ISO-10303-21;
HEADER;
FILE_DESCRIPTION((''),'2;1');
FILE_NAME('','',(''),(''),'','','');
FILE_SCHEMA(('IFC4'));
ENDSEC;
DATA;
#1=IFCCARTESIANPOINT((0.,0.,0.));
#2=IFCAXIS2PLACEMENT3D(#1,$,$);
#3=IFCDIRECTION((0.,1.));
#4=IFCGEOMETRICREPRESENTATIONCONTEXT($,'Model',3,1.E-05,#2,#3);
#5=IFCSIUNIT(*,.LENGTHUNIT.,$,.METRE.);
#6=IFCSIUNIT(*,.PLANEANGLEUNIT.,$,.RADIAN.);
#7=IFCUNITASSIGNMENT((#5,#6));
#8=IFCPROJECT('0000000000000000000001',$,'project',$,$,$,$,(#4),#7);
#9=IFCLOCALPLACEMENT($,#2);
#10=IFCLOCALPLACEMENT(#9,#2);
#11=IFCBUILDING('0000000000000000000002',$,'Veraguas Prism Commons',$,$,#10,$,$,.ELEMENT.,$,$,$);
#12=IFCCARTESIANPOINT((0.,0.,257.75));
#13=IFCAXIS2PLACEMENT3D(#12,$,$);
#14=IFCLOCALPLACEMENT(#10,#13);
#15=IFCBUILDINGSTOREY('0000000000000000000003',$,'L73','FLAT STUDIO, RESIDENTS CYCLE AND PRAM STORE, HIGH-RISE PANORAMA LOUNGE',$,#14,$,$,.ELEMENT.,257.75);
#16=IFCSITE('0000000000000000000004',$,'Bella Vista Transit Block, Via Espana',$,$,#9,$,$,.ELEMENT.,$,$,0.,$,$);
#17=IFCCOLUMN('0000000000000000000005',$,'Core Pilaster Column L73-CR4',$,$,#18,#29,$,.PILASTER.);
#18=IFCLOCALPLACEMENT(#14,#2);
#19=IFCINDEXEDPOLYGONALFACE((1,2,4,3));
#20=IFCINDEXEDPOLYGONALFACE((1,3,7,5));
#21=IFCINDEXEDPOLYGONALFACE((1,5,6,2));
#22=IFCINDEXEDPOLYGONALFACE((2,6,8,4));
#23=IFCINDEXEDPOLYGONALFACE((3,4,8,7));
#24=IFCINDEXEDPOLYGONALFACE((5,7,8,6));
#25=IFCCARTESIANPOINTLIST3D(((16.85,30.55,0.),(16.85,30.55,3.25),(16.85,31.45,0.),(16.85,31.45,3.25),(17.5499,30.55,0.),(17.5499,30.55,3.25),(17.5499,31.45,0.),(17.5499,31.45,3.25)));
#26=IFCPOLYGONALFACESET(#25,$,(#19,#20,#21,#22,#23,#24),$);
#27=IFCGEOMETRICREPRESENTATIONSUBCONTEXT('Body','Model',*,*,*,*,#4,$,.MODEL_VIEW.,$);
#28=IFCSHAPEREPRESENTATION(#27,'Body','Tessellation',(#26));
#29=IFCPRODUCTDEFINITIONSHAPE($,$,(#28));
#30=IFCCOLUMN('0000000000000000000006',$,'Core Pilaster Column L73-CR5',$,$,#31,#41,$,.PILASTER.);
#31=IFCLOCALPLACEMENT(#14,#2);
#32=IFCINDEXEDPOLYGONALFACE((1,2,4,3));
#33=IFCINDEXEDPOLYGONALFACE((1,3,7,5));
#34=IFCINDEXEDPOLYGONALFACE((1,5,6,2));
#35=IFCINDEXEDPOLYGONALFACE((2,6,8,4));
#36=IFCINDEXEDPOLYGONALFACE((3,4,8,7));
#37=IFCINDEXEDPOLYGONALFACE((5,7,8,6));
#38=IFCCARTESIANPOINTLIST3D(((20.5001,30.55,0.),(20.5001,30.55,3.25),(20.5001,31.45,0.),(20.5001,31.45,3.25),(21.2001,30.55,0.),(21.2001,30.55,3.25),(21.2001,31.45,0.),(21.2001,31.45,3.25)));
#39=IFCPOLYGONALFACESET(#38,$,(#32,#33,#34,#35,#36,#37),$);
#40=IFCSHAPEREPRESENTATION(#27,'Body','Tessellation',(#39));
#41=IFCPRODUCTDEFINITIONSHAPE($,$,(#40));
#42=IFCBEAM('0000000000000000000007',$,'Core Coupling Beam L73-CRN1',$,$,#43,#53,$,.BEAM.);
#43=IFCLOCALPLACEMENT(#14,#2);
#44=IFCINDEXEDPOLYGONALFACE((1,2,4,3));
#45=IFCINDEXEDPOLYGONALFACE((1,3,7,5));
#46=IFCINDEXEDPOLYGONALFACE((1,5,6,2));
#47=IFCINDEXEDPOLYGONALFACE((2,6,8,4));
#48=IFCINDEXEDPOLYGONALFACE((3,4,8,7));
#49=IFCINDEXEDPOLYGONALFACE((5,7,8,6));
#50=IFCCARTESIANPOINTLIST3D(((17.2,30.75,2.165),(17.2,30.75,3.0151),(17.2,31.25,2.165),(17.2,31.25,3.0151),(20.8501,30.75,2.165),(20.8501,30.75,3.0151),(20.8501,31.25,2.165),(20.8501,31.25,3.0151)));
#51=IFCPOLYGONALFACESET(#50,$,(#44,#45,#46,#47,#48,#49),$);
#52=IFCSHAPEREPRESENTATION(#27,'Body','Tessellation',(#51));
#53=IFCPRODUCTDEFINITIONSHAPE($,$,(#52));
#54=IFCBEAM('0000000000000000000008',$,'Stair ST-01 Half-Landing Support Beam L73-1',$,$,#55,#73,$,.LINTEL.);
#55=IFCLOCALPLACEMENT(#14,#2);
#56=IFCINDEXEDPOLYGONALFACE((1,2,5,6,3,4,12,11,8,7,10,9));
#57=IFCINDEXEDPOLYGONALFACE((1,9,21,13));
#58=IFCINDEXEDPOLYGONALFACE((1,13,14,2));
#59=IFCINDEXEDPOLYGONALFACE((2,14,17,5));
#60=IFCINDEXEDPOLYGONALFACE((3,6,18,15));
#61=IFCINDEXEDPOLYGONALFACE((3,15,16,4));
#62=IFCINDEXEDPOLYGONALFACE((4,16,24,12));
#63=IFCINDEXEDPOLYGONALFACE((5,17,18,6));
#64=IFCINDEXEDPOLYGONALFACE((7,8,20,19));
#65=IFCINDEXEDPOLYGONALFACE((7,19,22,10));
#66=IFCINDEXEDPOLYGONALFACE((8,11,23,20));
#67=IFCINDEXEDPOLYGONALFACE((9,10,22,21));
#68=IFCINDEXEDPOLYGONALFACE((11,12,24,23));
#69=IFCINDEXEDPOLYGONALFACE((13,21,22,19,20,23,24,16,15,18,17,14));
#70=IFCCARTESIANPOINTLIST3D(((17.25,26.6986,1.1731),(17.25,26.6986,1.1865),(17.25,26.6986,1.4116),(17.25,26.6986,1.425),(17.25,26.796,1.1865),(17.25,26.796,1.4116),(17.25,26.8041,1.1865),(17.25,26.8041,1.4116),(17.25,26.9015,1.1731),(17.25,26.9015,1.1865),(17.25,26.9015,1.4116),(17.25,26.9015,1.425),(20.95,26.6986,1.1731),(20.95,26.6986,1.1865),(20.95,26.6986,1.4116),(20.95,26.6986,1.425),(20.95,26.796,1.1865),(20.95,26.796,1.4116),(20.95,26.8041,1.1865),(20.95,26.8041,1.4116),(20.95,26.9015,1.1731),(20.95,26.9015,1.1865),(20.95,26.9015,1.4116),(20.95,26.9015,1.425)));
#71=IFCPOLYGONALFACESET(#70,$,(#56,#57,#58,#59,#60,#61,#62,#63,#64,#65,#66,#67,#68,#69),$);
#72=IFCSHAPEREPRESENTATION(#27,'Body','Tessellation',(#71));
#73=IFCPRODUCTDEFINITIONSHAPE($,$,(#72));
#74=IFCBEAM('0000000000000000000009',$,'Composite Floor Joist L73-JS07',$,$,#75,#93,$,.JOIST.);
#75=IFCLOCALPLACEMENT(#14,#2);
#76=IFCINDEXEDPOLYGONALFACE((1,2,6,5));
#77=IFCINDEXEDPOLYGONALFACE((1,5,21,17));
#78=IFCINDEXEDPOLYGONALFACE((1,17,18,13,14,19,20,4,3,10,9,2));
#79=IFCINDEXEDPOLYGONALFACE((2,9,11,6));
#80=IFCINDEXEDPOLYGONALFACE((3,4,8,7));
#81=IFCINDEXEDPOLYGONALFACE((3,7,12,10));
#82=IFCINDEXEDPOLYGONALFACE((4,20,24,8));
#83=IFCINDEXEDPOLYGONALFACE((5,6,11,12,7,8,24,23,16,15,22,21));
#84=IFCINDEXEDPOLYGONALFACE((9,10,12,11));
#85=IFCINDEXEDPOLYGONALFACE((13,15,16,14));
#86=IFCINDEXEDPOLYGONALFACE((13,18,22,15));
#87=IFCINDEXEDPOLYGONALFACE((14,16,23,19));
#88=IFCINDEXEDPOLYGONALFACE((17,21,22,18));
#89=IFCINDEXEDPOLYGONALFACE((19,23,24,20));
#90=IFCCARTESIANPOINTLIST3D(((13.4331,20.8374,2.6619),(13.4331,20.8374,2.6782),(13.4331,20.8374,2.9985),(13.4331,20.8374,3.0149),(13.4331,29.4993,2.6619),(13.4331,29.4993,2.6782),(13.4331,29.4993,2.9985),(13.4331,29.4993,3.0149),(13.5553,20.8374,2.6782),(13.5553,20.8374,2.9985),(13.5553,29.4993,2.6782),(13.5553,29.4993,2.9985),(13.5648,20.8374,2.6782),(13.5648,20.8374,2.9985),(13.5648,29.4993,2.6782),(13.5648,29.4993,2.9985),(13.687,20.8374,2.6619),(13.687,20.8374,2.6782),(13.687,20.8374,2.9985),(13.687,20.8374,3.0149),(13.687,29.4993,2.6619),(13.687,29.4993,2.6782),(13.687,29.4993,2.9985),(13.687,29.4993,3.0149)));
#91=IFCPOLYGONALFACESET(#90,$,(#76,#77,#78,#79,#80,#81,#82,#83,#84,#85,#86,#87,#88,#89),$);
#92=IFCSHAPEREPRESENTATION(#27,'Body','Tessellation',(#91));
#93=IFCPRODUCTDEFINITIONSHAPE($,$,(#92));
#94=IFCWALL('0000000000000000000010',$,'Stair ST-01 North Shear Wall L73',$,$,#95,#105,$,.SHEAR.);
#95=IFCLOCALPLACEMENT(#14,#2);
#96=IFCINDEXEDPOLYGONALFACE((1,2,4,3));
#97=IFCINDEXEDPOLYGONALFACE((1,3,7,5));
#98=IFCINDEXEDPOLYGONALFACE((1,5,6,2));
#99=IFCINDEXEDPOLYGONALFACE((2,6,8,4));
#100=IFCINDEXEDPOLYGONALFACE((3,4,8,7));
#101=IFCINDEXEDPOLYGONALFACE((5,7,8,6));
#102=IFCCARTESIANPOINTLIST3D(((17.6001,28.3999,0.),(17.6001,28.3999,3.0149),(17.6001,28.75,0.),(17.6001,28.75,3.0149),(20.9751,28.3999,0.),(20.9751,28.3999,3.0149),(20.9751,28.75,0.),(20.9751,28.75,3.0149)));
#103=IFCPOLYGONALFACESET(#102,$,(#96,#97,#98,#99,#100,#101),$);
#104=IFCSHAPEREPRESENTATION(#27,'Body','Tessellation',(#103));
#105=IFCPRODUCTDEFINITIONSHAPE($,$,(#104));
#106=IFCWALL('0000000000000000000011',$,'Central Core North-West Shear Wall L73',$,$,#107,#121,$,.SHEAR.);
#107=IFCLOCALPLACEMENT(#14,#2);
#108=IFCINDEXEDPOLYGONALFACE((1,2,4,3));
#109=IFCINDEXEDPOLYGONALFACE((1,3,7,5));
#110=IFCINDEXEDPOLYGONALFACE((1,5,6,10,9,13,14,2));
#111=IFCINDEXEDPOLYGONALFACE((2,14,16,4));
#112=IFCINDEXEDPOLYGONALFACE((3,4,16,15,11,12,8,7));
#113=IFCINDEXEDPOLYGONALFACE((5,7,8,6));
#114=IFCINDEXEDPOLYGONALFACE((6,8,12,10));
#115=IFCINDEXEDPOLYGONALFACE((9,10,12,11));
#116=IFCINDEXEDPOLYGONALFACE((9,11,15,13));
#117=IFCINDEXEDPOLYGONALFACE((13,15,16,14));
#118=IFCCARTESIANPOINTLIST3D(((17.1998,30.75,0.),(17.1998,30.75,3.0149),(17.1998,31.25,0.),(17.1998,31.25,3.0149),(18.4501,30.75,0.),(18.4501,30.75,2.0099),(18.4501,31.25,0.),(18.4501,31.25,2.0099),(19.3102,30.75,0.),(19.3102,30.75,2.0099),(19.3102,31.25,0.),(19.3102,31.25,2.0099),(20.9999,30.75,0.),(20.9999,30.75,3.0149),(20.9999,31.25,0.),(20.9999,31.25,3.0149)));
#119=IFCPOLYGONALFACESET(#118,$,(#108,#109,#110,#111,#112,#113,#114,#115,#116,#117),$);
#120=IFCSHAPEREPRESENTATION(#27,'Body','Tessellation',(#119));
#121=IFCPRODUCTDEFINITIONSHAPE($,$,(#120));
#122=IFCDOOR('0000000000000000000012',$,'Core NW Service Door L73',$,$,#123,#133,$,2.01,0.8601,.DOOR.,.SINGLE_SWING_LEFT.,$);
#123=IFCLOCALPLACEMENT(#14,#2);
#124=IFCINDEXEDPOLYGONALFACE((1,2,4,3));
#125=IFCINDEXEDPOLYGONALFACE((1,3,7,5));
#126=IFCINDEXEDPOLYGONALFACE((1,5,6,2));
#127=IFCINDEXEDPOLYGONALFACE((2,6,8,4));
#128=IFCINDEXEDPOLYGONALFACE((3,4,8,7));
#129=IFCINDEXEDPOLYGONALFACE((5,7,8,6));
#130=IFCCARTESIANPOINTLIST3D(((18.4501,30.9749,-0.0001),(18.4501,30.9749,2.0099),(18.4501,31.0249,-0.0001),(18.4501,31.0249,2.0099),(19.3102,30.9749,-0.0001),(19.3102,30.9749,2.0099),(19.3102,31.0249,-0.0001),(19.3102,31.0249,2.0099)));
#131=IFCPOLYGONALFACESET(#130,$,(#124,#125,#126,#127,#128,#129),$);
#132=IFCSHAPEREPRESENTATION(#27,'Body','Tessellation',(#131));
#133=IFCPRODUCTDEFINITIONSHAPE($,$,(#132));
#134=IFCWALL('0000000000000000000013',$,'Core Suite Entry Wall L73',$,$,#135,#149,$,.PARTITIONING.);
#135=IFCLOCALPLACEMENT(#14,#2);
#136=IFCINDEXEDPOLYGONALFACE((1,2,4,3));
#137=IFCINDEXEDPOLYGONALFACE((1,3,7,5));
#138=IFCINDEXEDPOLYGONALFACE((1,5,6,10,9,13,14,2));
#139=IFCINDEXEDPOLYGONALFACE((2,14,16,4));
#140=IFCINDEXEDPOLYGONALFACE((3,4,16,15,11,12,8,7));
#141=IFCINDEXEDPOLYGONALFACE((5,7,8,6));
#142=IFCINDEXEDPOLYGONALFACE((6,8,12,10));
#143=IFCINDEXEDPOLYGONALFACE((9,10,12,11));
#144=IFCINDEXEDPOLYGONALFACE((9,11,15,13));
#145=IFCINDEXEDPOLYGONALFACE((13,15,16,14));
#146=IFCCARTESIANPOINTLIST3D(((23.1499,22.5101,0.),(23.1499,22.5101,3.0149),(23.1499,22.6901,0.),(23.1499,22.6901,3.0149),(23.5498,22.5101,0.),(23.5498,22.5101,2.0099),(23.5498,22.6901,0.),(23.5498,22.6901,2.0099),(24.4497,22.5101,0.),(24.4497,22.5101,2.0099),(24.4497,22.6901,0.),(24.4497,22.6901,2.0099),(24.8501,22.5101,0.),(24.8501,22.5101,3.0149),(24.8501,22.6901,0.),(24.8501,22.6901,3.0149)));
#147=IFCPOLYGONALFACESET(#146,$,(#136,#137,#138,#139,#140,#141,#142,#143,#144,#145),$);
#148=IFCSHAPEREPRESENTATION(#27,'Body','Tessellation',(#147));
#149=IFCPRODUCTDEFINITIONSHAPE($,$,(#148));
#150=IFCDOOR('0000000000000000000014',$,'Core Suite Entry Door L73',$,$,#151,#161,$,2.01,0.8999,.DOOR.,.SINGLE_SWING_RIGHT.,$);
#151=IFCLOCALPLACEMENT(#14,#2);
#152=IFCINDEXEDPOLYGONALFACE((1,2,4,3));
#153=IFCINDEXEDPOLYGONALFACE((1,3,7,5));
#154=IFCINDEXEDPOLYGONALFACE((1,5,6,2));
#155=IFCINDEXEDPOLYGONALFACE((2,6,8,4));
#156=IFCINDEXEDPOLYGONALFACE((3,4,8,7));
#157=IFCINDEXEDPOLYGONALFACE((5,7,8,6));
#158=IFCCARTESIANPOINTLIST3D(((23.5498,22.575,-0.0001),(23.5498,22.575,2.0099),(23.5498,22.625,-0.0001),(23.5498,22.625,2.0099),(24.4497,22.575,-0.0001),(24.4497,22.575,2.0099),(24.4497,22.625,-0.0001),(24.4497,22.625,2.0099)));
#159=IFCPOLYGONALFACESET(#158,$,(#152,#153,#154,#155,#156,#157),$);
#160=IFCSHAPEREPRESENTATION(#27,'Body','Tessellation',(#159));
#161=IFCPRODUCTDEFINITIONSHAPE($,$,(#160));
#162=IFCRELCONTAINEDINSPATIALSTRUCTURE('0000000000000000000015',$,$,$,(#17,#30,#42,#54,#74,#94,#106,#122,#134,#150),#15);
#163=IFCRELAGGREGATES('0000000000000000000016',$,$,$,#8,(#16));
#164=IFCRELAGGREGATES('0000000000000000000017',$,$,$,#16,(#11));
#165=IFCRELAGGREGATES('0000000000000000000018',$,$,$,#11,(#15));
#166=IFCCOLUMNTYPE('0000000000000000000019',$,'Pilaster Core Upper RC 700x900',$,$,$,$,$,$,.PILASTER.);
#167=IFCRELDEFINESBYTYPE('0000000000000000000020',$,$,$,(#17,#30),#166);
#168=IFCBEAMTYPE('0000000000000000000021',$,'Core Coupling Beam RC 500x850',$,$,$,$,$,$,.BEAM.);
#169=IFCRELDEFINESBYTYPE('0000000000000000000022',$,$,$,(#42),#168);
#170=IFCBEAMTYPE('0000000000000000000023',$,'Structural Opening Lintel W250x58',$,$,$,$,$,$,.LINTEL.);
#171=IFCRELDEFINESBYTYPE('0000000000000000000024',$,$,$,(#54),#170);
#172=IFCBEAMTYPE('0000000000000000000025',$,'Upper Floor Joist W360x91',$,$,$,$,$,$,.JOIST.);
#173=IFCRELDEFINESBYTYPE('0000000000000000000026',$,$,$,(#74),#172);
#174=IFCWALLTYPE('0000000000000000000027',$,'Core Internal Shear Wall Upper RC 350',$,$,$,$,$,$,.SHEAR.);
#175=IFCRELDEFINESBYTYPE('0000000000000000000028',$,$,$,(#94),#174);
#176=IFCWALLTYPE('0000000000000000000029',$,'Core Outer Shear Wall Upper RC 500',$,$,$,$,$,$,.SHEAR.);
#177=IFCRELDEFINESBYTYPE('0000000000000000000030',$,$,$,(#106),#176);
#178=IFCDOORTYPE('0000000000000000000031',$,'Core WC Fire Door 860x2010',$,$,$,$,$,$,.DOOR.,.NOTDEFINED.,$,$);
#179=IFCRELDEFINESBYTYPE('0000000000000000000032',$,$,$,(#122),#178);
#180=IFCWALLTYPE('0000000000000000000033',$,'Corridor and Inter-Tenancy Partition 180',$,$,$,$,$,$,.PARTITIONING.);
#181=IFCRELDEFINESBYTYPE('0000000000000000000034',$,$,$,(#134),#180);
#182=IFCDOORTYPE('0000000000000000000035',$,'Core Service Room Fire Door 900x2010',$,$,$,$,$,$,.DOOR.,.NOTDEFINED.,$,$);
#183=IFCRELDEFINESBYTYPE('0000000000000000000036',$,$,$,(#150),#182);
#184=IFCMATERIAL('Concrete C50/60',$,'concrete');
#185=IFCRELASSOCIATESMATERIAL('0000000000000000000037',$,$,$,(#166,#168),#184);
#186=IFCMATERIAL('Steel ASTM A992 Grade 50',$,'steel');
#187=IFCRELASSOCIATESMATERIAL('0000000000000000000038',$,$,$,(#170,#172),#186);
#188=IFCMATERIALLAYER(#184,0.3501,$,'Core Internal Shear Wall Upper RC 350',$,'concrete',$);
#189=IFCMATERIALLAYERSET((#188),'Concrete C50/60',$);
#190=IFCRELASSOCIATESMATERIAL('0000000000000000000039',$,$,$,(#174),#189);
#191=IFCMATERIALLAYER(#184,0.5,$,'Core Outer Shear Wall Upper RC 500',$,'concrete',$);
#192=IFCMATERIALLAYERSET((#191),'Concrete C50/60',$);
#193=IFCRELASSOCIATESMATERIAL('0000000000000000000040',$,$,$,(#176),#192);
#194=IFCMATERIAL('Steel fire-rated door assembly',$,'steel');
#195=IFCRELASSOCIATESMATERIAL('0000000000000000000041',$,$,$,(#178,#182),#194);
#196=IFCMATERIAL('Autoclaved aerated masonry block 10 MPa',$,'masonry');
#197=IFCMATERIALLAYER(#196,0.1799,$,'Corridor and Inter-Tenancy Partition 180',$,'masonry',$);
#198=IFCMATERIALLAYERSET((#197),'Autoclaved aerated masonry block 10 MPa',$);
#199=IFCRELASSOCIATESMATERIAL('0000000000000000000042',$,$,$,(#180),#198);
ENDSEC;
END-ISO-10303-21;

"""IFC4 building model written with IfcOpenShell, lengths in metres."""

from ifc_helpers import new_model, si_unit, direction, frame, frame_2d, origin, origin_2d, place, context, subcontext, project, spatial, rectangle, i_section, extrude, source, transform, mapped, material, layer, layer_set, material_profile, profile_set, type_object, element, fill, save


model = new_model("IFC4")

# Units and contexts
model_context = context("Model", 3, precision=1e-05, world=origin(), true_north=direction((0.0, 1.0)))
body_context = subcontext(model_context, "Body", "Model", "MODEL_VIEW")
ifc_project = project(units=[si_unit("LENGTHUNIT", "METRE"), si_unit("PLANEANGLEUNIT", "RADIAN")], contexts=[model_context])

# Site, building, storey
site_placement = place(None, origin())
site = spatial("IfcSite", under=ifc_project, at=site_placement, Name="Bella Vista Transit Block, Via Espana", CompositionType="ELEMENT", RefElevation=0.0)
building_placement = place(site_placement, origin())
building = spatial("IfcBuilding", under=site, at=building_placement, Name="Veraguas Prism Commons", CompositionType="ELEMENT")
storey_placement = place(building_placement, frame((0.0, 0.0, 257.75)))
storey = spatial("IfcBuildingStorey", under=building, at=storey_placement, Name="L73", Description="FLAT STUDIO, RESIDENTS CYCLE AND PRAM STORE, HIGH-RISE PANORAMA LOUNGE", CompositionType="ELEMENT", Elevation=257.75)

# Columns
ifc_material_1 = material(Name="Concrete C50/60", Category="concrete")
ifc_material_profile_1 = material_profile(ifc_material_1, rectangle(XDim=0.7, YDim=0.8999, at=origin_2d()), Name="RC700X900")
ifc_profile_set_1 = profile_set([ifc_material_profile_1], Name="Concrete C50/60")
column_type = type_object("IfcColumnType", Name="Pilaster Core Upper RC 700x900", PredefinedType="PILASTER", material=ifc_profile_set_1)
for number, where, z_axis, x_axis, name in (
    (1, (17.2, 31.0, 0.0), (0.0, 0.0, 1.0), (1.0, 0.0, 0.0), "Core Pilaster Column L73-CR4"),
    (2, (20.8501, 31.0, 0.0), (0.0, 0.0, 1.0), (1.0, 0.0, 0.0), "Core Pilaster Column L73-CR5"),
):
    element("IfcColumn", number, at=place(storey_placement, frame(where, z_axis=z_axis, x_axis=x_axis)), inside=storey, type_object=column_type, Name=name, PredefinedType="PILASTER", context=body_context, shape_type="SweptSolid", body=[
        extrude(rectangle(XDim=0.7, YDim=0.8999, at=origin_2d()), origin(), (0.0, 0.0, 1.0), 3.25),
    ])

# Beams
ifc_material_profile_2 = material_profile(ifc_material_1, rectangle(XDim=0.5, YDim=0.8501, at=origin_2d()), Name="RC500X850")
ifc_profile_set_2 = profile_set([ifc_material_profile_2], Name="Concrete C50/60")
beam_type_1 = type_object("IfcBeamType", Name="Core Coupling Beam RC 500x850", PredefinedType="BEAM", material=ifc_profile_set_2)
beam_1_placement = place(storey_placement, frame((17.2, 31.0, 2.5901), z_axis=(1.0, 0.0, 0.0), x_axis=(0.0, 1.0, 0.0)))
element("IfcBeam", 3, at=beam_1_placement, inside=storey, type_object=beam_type_1, Name="Core Coupling Beam L73-CRN1", PredefinedType="BEAM", context=body_context, shape_type="SweptSolid", body=[
    extrude(rectangle(XDim=0.5, YDim=0.8501, at=origin_2d()), origin(), (0.0, 0.0, 1.0), 3.6501),
])
ifc_material_2 = material(Name="Steel ASTM A992 Grade 50", Category="steel")
ifc_material_profile_3 = material_profile(ifc_material_2, i_section(OverallWidth=0.2029, OverallDepth=0.252, WebThickness=0.0081, FlangeThickness=0.0134, at=origin_2d()), Name="W250X58")
ifc_profile_set_3 = profile_set([ifc_material_profile_3], Name="Steel ASTM A992 Grade 50")
beam_type_2 = type_object("IfcBeamType", Name="Structural Opening Lintel W250x58", PredefinedType="LINTEL", material=ifc_profile_set_3)
beam_2_placement = place(storey_placement, frame((17.25, 26.8, 1.2991), z_axis=(1.0, 0.0, 0.0), x_axis=(0.0, 1.0, 0.0)))
element("IfcBeam", 4, at=beam_2_placement, inside=storey, type_object=beam_type_2, Name="Stair ST-01 Half-Landing Support Beam L73-1", PredefinedType="LINTEL", context=body_context, shape_type="SweptSolid", body=[
    extrude(i_section(OverallWidth=0.2029, OverallDepth=0.252, WebThickness=0.0081, FlangeThickness=0.0134, at=origin_2d()), origin(), (0.0, 0.0, 1.0), 3.7),
])
ifc_material_profile_4 = material_profile(ifc_material_2, i_section(OverallWidth=0.2539, OverallDepth=0.353, WebThickness=0.0095, FlangeThickness=0.0164, at=origin_2d()), Name="W360X91")
ifc_profile_set_4 = profile_set([ifc_material_profile_4], Name="Steel ASTM A992 Grade 50")
beam_type_3 = type_object("IfcBeamType", Name="Upper Floor Joist W360x91", PredefinedType="JOIST", material=ifc_profile_set_4)
beam_3_placement = place(storey_placement, frame((13.5601, 29.4993, 2.8384), z_axis=(0.0, -1.0, 0.0), x_axis=(1.0, 0.0, 0.0)))
element("IfcBeam", 5, at=beam_3_placement, inside=storey, type_object=beam_type_3, Name="Composite Floor Joist L73-JS07", PredefinedType="JOIST", context=body_context, shape_type="SweptSolid", body=[
    extrude(i_section(OverallWidth=0.2539, OverallDepth=0.353, WebThickness=0.0095, FlangeThickness=0.0164, at=origin_2d()), origin(), (0.0, 0.0, 1.0), 8.6619),
])

# Wall
ifc_layer_1 = layer(ifc_material_1, 0.3501, Name="Core Internal Shear Wall Upper RC 350", Category="concrete")
ifc_layer_set_1 = layer_set([ifc_layer_1], Name="Concrete C50/60")
wall_type_1 = type_object("IfcWallType", Name="Core Internal Shear Wall Upper RC 350", PredefinedType="SHEAR", material=ifc_layer_set_1)
wall_1_placement = place(storey_placement, frame((17.6001, 28.575, 0.0), z_axis=(0.0, 0.0, 1.0), x_axis=(1.0, 0.0, 0.0)))
element("IfcWall", 6, at=wall_1_placement, inside=storey, type_object=wall_type_1, Name="Stair ST-01 North Shear Wall L73", PredefinedType="SHEAR", context=body_context, shape_type="SweptSolid", body=[
    extrude(rectangle(XDim=3.375, YDim=0.3501, at=frame_2d((1.6875, 0.0))), origin(), (0.0, 0.0, 1.0), 3.0149),
])

# Walls, openings, doors
ifc_layer_2 = layer(ifc_material_1, 0.5, Name="Core Outer Shear Wall Upper RC 500", Category="concrete")
ifc_layer_set_2 = layer_set([ifc_layer_2], Name="Concrete C50/60")
wall_type_2 = type_object("IfcWallType", Name="Core Outer Shear Wall Upper RC 500", PredefinedType="SHEAR", material=ifc_layer_set_2)
wall_2_placement = place(storey_placement, frame((17.2, 31.0, 0.0), z_axis=(0.0, 0.0, 1.0), x_axis=(1.0, 0.0, 0.0)))
wall_2 = element("IfcWall", 7, at=wall_2_placement, inside=storey, type_object=wall_type_2, Name="Central Core North-West Shear Wall L73", PredefinedType="SHEAR", context=body_context, shape_type="SweptSolid", body=[
    extrude(rectangle(XDim=3.8, YDim=0.5, at=frame_2d((1.8999, 0.0))), origin(), (0.0, 0.0, 1.0), 3.0149),
])
opening_1_placement = place(wall_2_placement, frame((1.25, 0.0, 0.0)))
opening_1 = element("IfcOpeningElement", 8, at=opening_1_placement, cuts=wall_2, PredefinedType="OPENING", context=body_context, shape_type="SweptSolid", body=[
    extrude(rectangle(XDim=0.8601, YDim=2.01, at=frame_2d((0.4302, 1.0049))), frame((0.0, 0.26, 0.0), z_axis=(0.0, -1.0, 0.0), x_axis=(1.0, 0.0, 0.0)), (0.0, 0.0, 1.0), 0.52),
])
ifc_material_3 = material(Name="Steel fire-rated door assembly", Category="steel")
door_type_1 = type_object("IfcDoorType", Name="Core WC Fire Door 860x2010", OperationType="NOTDEFINED", PredefinedType="DOOR", material=ifc_material_3)
shared_shape_1 = source(origin(), body_context, "Body", "SweptSolid", [
    extrude(rectangle(XDim=0.8601, YDim=2.01, at=frame_2d((0.4302, 1.0049))), frame((0.0, 0.0249, 0.0), z_axis=(0.0, -1.0, 0.0), x_axis=(1.0, 0.0, 0.0)), (0.0, 0.0, 1.0), 0.05),
])
door_1_placement = place(opening_1_placement, origin())
door_1 = element("IfcDoor", 9, at=door_1_placement, inside=storey, type_object=door_type_1, Name="Core NW Service Door L73", OperationType="SINGLE_SWING_LEFT", OverallHeight=2.01, OverallWidth=0.8601, PredefinedType="DOOR", context=body_context, shape_type="MappedRepresentation", body=[
    mapped(shared_shape_1, transform((0.0, 0.0, 0.0), scale=1.0)),
])
fill(opening_1, door_1)
ifc_material_4 = material(Name="Autoclaved aerated masonry block 10 MPa", Category="masonry")
ifc_layer_3 = layer(ifc_material_4, 0.1799, Name="Corridor and Inter-Tenancy Partition 180", Category="masonry")
ifc_layer_set_3 = layer_set([ifc_layer_3], Name="Autoclaved aerated masonry block 10 MPa")
wall_type_3 = type_object("IfcWallType", Name="Corridor and Inter-Tenancy Partition 180", PredefinedType="PARTITIONING", material=ifc_layer_set_3)
wall_3_placement = place(storey_placement, frame((23.1499, 22.6001, 0.0), z_axis=(0.0, 0.0, 1.0), x_axis=(1.0, 0.0, 0.0)))
wall_3 = element("IfcWall", 10, at=wall_3_placement, inside=storey, type_object=wall_type_3, Name="Core Suite Entry Wall L73", PredefinedType="PARTITIONING", context=body_context, shape_type="SweptSolid", body=[
    extrude(rectangle(XDim=1.7002, YDim=0.1799, at=frame_2d((0.8501, 0.0))), origin(), (0.0, 0.0, 1.0), 3.0149),
])
opening_2_placement = place(wall_3_placement, frame((0.3999, 0.0, 0.0)))
opening_2 = element("IfcOpeningElement", 11, at=opening_2_placement, cuts=wall_3, PredefinedType="OPENING", context=body_context, shape_type="SweptSolid", body=[
    extrude(rectangle(XDim=0.8999, YDim=2.01, at=frame_2d((0.45, 1.0049))), frame((0.0, 0.0999, 0.0), z_axis=(0.0, -1.0, 0.0), x_axis=(1.0, 0.0, 0.0)), (0.0, 0.0, 1.0), 0.2),
])
door_type_2 = type_object("IfcDoorType", Name="Core Service Room Fire Door 900x2010", OperationType="NOTDEFINED", PredefinedType="DOOR", material=ifc_material_3)
shared_shape_2 = source(origin(), body_context, "Body", "SweptSolid", [
    extrude(rectangle(XDim=0.8999, YDim=2.01, at=frame_2d((0.45, 1.0049))), frame((0.0, 0.0249, 0.0), z_axis=(0.0, -1.0, 0.0), x_axis=(1.0, 0.0, 0.0)), (0.0, 0.0, 1.0), 0.05),
])
door_2_placement = place(opening_2_placement, origin())
door_2 = element("IfcDoor", 12, at=door_2_placement, inside=storey, type_object=door_type_2, Name="Core Suite Entry Door L73", OperationType="SINGLE_SWING_RIGHT", OverallHeight=2.01, OverallWidth=0.8999, PredefinedType="DOOR", context=body_context, shape_type="MappedRepresentation", body=[
    mapped(shared_shape_2, transform((0.0, 0.0, 0.0), scale=1.0)),
])
fill(opening_2, door_2)

save(model, "model.ifc")
